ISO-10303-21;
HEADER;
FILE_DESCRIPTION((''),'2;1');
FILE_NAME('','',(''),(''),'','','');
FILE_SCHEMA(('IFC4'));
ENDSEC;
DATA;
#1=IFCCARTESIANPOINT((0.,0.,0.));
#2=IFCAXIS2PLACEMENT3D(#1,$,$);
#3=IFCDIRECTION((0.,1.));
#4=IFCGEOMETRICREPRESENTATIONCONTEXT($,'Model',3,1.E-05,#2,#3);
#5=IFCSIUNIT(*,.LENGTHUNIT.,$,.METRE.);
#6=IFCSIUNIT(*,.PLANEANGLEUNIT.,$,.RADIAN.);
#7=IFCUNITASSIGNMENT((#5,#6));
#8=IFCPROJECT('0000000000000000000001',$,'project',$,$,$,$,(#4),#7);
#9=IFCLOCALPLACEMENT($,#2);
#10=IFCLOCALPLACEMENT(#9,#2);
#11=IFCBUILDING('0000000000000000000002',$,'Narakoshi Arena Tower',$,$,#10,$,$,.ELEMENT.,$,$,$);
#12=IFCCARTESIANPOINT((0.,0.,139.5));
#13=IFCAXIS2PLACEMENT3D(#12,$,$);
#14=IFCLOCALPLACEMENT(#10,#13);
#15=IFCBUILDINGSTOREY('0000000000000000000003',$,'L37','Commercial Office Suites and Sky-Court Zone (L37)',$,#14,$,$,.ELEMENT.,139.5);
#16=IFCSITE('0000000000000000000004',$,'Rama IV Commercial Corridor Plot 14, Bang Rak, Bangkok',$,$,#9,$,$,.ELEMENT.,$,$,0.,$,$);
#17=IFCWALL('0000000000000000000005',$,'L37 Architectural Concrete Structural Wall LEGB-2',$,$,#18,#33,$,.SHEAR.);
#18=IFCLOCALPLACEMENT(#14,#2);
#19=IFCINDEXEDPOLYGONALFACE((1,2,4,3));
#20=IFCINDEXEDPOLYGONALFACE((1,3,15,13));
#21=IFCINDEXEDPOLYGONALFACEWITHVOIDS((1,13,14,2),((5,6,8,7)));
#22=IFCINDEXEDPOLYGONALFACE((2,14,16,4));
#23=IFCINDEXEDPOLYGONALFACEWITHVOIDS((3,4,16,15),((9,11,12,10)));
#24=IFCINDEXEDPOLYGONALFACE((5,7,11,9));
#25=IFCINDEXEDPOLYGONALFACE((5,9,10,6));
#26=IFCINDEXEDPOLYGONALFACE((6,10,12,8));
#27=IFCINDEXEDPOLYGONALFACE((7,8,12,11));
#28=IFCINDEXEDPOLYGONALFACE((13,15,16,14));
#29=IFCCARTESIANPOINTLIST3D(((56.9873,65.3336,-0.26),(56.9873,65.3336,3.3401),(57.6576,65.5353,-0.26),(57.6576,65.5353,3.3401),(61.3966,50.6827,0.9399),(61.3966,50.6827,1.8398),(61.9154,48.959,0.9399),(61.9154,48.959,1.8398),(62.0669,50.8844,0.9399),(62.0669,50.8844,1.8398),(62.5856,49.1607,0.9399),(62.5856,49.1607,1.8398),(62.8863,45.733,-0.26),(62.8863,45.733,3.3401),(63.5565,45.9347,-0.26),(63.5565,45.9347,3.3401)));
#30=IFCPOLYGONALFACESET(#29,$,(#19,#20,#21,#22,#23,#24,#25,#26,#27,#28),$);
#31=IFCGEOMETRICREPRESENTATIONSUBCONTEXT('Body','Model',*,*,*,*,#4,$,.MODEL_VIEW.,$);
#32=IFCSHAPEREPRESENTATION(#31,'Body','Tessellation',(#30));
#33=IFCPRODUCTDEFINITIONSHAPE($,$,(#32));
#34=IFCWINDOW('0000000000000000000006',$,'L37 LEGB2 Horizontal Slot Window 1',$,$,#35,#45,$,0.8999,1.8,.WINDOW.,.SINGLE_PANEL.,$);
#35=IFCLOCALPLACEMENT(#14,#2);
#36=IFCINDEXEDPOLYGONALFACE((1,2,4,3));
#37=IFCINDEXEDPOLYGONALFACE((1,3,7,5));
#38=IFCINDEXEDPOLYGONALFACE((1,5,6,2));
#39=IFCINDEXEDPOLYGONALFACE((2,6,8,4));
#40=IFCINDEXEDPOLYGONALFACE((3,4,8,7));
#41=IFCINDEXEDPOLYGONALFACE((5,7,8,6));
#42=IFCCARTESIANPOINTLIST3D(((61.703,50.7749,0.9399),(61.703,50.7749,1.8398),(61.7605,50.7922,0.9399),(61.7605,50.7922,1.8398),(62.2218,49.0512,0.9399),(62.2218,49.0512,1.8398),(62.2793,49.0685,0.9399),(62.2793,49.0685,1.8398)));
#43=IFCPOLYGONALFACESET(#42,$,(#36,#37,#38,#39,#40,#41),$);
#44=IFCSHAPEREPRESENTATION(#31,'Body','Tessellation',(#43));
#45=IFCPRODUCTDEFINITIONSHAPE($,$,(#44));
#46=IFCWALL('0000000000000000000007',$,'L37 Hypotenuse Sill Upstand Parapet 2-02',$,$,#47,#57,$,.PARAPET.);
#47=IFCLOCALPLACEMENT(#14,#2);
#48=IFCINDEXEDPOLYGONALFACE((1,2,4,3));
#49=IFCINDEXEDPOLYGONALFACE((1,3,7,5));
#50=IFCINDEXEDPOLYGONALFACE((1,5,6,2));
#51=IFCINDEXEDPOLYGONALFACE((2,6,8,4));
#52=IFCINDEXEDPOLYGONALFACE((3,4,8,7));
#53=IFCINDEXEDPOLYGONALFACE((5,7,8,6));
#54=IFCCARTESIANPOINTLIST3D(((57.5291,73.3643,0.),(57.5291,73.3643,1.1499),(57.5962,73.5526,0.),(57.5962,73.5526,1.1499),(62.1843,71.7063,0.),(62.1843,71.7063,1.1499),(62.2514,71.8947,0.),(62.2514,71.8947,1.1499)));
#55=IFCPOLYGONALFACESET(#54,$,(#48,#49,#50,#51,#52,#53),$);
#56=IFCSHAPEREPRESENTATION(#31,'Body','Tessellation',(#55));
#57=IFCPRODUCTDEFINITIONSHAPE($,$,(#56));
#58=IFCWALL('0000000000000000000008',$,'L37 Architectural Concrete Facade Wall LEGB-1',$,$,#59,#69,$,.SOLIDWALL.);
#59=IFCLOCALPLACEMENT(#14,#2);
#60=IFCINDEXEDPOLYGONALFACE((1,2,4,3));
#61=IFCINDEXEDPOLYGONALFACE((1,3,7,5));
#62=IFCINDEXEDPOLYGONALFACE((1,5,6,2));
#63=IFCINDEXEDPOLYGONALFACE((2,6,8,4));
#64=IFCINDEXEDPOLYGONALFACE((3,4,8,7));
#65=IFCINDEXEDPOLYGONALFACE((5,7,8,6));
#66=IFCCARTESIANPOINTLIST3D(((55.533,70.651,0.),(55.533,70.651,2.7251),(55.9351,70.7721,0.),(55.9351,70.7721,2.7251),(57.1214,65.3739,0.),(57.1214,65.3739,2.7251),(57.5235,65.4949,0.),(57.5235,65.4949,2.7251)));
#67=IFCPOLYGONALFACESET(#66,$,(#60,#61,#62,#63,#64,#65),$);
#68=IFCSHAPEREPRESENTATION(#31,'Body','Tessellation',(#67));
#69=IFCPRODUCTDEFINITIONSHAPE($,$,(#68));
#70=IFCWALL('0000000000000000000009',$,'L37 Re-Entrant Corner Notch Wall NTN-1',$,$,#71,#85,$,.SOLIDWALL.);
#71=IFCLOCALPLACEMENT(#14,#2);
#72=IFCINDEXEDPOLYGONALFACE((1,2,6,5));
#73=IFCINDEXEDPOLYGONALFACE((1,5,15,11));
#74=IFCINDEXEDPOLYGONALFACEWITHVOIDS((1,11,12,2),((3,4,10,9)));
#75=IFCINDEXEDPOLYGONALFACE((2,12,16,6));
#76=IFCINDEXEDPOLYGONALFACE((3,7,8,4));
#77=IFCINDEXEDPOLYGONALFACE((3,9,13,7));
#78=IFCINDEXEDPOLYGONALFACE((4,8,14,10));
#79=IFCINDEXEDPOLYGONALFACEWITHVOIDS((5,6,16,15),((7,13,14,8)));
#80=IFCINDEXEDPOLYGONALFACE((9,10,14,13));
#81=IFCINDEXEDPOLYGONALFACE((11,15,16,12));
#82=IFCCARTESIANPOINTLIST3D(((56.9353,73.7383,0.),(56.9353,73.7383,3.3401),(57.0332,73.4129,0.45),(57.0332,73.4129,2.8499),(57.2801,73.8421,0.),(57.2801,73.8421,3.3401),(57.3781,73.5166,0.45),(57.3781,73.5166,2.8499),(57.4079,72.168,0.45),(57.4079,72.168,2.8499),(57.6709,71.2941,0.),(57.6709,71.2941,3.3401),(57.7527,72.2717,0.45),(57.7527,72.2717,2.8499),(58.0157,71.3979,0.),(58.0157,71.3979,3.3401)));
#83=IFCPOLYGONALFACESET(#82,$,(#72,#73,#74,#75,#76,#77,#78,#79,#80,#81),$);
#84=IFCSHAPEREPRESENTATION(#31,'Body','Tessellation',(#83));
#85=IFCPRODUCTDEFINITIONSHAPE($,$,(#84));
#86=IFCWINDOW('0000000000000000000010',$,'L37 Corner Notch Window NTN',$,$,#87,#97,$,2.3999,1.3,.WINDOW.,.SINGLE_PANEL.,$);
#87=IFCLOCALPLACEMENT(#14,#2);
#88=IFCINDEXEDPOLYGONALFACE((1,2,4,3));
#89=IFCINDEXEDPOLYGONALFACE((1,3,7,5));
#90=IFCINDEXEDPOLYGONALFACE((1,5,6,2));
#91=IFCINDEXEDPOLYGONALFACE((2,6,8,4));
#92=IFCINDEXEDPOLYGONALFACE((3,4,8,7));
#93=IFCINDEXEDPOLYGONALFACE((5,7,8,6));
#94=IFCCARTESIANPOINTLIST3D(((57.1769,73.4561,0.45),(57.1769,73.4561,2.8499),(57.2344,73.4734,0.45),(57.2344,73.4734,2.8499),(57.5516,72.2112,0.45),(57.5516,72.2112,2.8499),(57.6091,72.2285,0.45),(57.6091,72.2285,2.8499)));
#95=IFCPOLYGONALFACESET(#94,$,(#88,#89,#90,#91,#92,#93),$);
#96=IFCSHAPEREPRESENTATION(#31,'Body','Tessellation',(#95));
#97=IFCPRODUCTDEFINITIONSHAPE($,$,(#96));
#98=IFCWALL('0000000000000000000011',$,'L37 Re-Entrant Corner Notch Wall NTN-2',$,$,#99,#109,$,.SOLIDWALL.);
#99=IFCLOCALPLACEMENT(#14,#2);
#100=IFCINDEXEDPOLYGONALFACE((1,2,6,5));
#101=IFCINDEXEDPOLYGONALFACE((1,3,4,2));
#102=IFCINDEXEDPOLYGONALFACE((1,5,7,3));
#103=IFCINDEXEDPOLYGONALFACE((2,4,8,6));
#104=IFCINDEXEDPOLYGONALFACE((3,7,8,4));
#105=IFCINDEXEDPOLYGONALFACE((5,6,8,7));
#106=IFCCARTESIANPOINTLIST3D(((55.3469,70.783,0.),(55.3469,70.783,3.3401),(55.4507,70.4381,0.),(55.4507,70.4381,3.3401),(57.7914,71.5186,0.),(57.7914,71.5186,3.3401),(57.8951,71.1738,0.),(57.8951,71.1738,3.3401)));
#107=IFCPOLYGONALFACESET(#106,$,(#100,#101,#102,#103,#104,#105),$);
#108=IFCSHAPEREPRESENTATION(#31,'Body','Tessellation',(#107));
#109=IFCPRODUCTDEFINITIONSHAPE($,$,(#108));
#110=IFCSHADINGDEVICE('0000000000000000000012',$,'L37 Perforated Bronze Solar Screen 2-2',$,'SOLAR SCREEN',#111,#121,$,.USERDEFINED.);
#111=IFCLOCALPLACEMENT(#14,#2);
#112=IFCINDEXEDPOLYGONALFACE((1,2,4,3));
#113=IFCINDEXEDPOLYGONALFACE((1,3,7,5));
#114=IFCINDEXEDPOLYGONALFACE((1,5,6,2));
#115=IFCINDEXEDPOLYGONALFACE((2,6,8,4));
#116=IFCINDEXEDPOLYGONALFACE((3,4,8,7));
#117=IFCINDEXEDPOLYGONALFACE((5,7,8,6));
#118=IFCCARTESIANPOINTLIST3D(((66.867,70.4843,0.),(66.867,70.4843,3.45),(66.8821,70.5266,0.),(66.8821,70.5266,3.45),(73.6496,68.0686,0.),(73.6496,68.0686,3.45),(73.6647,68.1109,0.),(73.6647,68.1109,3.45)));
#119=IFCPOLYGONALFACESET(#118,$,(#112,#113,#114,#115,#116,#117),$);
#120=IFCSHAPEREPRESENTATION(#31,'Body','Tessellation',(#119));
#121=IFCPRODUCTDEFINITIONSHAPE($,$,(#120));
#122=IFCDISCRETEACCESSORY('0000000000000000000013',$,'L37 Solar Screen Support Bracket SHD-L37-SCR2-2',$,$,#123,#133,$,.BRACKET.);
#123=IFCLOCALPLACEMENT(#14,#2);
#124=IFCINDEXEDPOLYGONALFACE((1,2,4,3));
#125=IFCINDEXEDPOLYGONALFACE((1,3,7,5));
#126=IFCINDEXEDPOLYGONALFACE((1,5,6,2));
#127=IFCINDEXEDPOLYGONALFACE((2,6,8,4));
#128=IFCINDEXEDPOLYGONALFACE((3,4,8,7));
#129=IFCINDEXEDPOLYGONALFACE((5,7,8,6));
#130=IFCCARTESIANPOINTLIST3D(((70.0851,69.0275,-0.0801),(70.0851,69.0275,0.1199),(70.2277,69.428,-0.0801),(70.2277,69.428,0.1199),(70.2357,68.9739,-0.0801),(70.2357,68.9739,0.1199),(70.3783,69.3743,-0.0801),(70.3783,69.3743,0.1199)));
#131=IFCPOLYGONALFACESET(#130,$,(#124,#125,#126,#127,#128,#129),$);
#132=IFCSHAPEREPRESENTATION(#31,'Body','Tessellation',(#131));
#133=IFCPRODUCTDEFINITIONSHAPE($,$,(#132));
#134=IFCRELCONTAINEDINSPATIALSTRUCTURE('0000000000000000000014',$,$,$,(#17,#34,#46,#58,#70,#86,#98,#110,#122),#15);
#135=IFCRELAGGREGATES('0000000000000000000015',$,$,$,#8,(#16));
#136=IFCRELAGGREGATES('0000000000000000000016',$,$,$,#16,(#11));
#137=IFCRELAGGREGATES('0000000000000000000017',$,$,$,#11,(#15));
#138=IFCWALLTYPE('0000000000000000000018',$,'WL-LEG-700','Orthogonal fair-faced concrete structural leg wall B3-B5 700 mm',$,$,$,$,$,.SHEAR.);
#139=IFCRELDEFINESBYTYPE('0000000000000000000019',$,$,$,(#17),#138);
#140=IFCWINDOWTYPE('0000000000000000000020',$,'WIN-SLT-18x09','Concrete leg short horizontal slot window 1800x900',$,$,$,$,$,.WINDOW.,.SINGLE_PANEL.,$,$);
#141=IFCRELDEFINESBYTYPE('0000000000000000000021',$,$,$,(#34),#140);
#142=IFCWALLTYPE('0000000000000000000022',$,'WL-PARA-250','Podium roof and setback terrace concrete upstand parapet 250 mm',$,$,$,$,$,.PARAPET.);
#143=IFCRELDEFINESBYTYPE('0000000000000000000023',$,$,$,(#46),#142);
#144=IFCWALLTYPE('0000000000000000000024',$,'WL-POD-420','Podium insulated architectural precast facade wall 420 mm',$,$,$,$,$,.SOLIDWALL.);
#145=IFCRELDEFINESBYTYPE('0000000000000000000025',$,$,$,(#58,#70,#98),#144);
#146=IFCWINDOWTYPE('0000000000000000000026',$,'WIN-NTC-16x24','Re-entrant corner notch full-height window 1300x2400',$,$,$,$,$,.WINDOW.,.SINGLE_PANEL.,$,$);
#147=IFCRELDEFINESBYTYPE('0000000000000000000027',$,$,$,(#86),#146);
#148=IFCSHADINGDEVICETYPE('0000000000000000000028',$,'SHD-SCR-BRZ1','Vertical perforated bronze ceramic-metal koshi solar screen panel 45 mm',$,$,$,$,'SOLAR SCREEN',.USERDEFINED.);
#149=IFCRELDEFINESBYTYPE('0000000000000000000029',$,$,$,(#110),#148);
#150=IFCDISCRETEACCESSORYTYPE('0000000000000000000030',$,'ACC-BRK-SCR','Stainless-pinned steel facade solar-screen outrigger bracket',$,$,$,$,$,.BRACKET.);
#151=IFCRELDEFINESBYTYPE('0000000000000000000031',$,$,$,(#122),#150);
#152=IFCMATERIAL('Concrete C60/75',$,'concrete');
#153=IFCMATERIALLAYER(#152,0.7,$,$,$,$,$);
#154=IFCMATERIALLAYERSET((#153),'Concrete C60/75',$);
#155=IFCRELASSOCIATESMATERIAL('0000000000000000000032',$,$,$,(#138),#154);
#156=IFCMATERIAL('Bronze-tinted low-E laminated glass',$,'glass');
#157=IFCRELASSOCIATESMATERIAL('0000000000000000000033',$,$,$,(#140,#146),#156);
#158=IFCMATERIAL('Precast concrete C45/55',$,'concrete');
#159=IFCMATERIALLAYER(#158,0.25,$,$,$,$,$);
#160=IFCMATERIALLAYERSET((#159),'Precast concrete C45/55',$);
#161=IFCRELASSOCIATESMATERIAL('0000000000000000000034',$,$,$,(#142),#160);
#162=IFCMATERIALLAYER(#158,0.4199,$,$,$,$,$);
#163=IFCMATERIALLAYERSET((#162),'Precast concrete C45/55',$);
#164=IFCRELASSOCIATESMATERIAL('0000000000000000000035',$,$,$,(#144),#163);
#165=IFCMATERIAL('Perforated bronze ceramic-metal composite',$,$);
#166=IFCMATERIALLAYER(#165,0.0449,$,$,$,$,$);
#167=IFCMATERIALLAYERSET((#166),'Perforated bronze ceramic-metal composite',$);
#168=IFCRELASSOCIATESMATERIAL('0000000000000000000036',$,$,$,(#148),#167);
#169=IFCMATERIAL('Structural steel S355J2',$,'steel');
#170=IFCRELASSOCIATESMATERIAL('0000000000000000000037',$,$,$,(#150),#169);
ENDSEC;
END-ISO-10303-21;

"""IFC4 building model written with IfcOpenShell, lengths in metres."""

from ifc_helpers import new_model, si_unit, direction, frame, frame_2d, origin, origin_2d, place, context, subcontext, project, spatial, rectangle, extrude, material, layer, layer_set, type_object, element, fill, save


model = new_model("IFC4")

# Units and contexts
model_context = context("Model", 3, precision=1e-05, world=origin(), true_north=direction((0.0, 1.0)))
body_context = subcontext(model_context, "Body", "Model", "MODEL_VIEW")
ifc_project = project(units=[si_unit("LENGTHUNIT", "METRE"), si_unit("PLANEANGLEUNIT", "RADIAN")], contexts=[model_context])

# Site, building, storey
site_placement = place(None, origin())
site = spatial("IfcSite", under=ifc_project, at=site_placement, Name="Rama IV Commercial Corridor Plot 14, Bang Rak, Bangkok", CompositionType="ELEMENT", RefElevation=0.0)
building_placement = place(site_placement, origin())
building = spatial("IfcBuilding", under=site, at=building_placement, Name="Narakoshi Arena Tower", CompositionType="ELEMENT")
storey_placement = place(building_placement, frame((0.0, 0.0, 139.5)))
storey = spatial("IfcBuildingStorey", under=building, at=storey_placement, Name="L37", Description="Commercial Office Suites and Sky-Court Zone (L37)", CompositionType="ELEMENT", Elevation=139.5)

# Shared definitions
ifc_material_1 = material(Name="Concrete C60/75", Category="concrete")

# Shared definitions
ifc_material_2 = material(Name="Structural steel S355J2", Category="steel")

# Shared definitions
ifc_material_3 = material(Name="Bronze-tinted low-E laminated glass", Category="glass")

# Wall, opening, window
ifc_layer_1 = layer(ifc_material_1, 0.7)
ifc_layer_set_1 = layer_set([ifc_layer_1], Name="Concrete C60/75")
wall_type_1 = type_object("IfcWallType", Name="WL-LEG-700", Description="Orthogonal fair-faced concrete structural leg wall B3-B5 700 mm", PredefinedType="SHEAR", material=ifc_layer_set_1)
wall_1_placement = place(storey_placement, frame((57.3225, 65.4343, -0.26), z_axis=(0.0, 0.0, 1.0), x_axis=(0.288188, -0.957574, 0.0)))
wall_1 = element("IfcWall", 1, at=wall_1_placement, inside=storey, type_object=wall_type_1, Name="L37 Architectural Concrete Structural Wall LEGB-2", PredefinedType="SHEAR", context=body_context, shape_type="SweptSolid", body=[
    extrude(rectangle(XDim=20.469, YDim=0.7, at=frame_2d((10.2344, 0.0))), origin(), (0.0, 0.0, 1.0), 3.6001),
])
opening_1_placement = place(wall_1_placement, frame((15.3, 0.0, 1.2)))
opening_1 = element("IfcOpeningElement", 2, at=opening_1_placement, cuts=wall_1, PredefinedType="OPENING", context=body_context, shape_type="SweptSolid", body=[
    extrude(rectangle(XDim=1.8, YDim=0.8999, at=frame_2d((0.8999, 0.45))), frame((0.0, 0.3599, 0.0), z_axis=(0.0, -1.0, 0.0), x_axis=(1.0, 0.0, 0.0)), (0.0, 0.0, 1.0), 0.72),
])
window_type_1 = type_object("IfcWindowType", Name="WIN-SLT-18x09", Description="Concrete leg short horizontal slot window 1800x900", PartitioningType="SINGLE_PANEL", PredefinedType="WINDOW", material=ifc_material_3)
window_1_placement = place(opening_1_placement, origin())
window_1 = element("IfcWindow", 3, at=window_1_placement, inside=storey, type_object=window_type_1, Name="L37 LEGB2 Horizontal Slot Window 1", OverallHeight=0.8999, OverallWidth=1.8, PartitioningType="SINGLE_PANEL", PredefinedType="WINDOW", context=body_context, shape_type="SweptSolid", body=[
    extrude(rectangle(XDim=1.8, YDim=0.8999, at=frame_2d((0.8999, 0.45))), frame((0.0, 0.03, 0.0), z_axis=(0.0, -1.0, 0.0), x_axis=(1.0, 0.0, 0.0)), (0.0, 0.0, 1.0), 0.0601),
])
fill(opening_1, window_1)

# Walls
ifc_material_4 = material(Name="Precast concrete C45/55", Category="concrete")
ifc_layer_2 = layer(ifc_material_4, 0.25)
ifc_layer_set_2 = layer_set([ifc_layer_2], Name="Precast concrete C45/55")
wall_type_2 = type_object("IfcWallType", Name="WL-PARA-250", Description="Podium roof and setback terrace concrete upstand parapet 250 mm", PredefinedType="PARAPET", material=ifc_layer_set_2)
wall_2_placement = place(storey_placement, frame((62.2178, 71.8005, 0.0), z_axis=(0.0, 0.0, 1.0), x_axis=(-0.942039, 0.335504, 0.0)))
element("IfcWall", 4, at=wall_2_placement, inside=storey, type_object=wall_type_2, Name="L37 Hypotenuse Sill Upstand Parapet 2-02", PredefinedType="PARAPET", context=body_context, shape_type="SweptSolid", body=[
    extrude(rectangle(XDim=4.9417, YDim=0.2, at=frame_2d((2.4707, 0.0))), origin(), (0.0, 0.0, 1.0), 1.1499),
])
ifc_layer_3 = layer(ifc_material_4, 0.4199)
ifc_layer_set_3 = layer_set([ifc_layer_3], Name="Precast concrete C45/55")
wall_type_3 = type_object("IfcWallType", Name="WL-POD-420", Description="Podium insulated architectural precast facade wall 420 mm", PredefinedType="SOLIDWALL", material=ifc_layer_set_3)
wall_3_placement = place(storey_placement, frame((55.7341, 70.7114, 0.0), z_axis=(0.0, 0.0, 1.0), x_axis=(0.288222, -0.957564, 0.0)))
element("IfcWall", 5, at=wall_3_placement, inside=storey, type_object=wall_type_3, Name="L37 Architectural Concrete Facade Wall LEGB-1", PredefinedType="SOLIDWALL", context=body_context, shape_type="SweptSolid", body=[
    extrude(rectangle(XDim=5.511, YDim=0.4199, at=frame_2d((2.7554, 0.0))), origin(), (0.0, 0.0, 1.0), 2.7251),
])

# Wall, opening, window
wall_4_placement = place(storey_placement, frame((57.1077, 73.7903, 0.0), z_axis=(0.0, 0.0, 1.0), x_axis=(0.288199, -0.957571, 0.0)))
wall_4 = element("IfcWall", 6, at=wall_4_placement, inside=storey, type_object=wall_type_3, Name="L37 Re-Entrant Corner Notch Wall NTN-1", PredefinedType="SOLIDWALL", context=body_context, shape_type="SweptSolid", body=[
    extrude(rectangle(XDim=2.5525, YDim=0.3601, at=frame_2d((1.2764, 0.0))), origin(), (0.0, 0.0, 1.0), 3.3401),
])
opening_2_placement = place(wall_4_placement, frame((0.3401, 0.0, 0.45)))
opening_2 = element("IfcOpeningElement", 7, at=opening_2_placement, cuts=wall_4, PredefinedType="OPENING", context=body_context, shape_type="SweptSolid", body=[
    extrude(rectangle(XDim=1.3, YDim=2.3999, at=frame_2d((0.6499, 1.2))), frame((0.0, 0.1899, 0.0), z_axis=(0.0, -1.0, 0.0), x_axis=(1.0, 0.0, 0.0)), (0.0, 0.0, 1.0), 0.3801),
])
window_type_2 = type_object("IfcWindowType", Name="WIN-NTC-16x24", Description="Re-entrant corner notch full-height window 1300x2400", PartitioningType="SINGLE_PANEL", PredefinedType="WINDOW", material=ifc_material_3)
window_2_placement = place(opening_2_placement, origin())
window_2 = element("IfcWindow", 8, at=window_2_placement, inside=storey, type_object=window_type_2, Name="L37 Corner Notch Window NTN", OverallHeight=2.3999, OverallWidth=1.3, PartitioningType="SINGLE_PANEL", PredefinedType="WINDOW", context=body_context, shape_type="SweptSolid", body=[
    extrude(rectangle(XDim=1.3, YDim=2.3999, at=frame_2d((0.6499, 1.2))), frame((0.0, 0.03, 0.0), z_axis=(0.0, -1.0, 0.0), x_axis=(1.0, 0.0, 0.0)), (0.0, 0.0, 1.0), 0.0601),
])
fill(opening_2, window_2)

# Wall
wall_5_placement = place(storey_placement, frame((57.8433, 71.3462, 0.0), z_axis=(0.0, 0.0, 1.0), x_axis=(-0.957578, -0.288173, 0.0)))
element("IfcWall", 9, at=wall_5_placement, inside=storey, type_object=wall_type_3, Name="L37 Re-Entrant Corner Notch Wall NTN-2", PredefinedType="SOLIDWALL", context=body_context, shape_type="SweptSolid", body=[
    extrude(rectangle(XDim=2.5527, YDim=0.3601, at=frame_2d((1.2764, 0.0))), origin(), (0.0, 0.0, 1.0), 3.3401),
])

# Shading device
ifc_material_5 = material(Name="Perforated bronze ceramic-metal composite")
ifc_layer_4 = layer(ifc_material_5, 0.0449)
ifc_layer_set_4 = layer_set([ifc_layer_4], Name="Perforated bronze ceramic-metal composite")
shading_device_type = type_object("IfcShadingDeviceType", Name="SHD-SCR-BRZ1", Description="Vertical perforated bronze ceramic-metal koshi solar screen panel 45 mm", ElementType="SOLAR SCREEN", PredefinedType="USERDEFINED", material=ifc_layer_set_4)
shading_device_placement = place(storey_placement, frame((70.2659, 69.2976, 0.0), z_axis=(0.0, 0.0, 1.0), x_axis=(-0.942034, 0.335517, 0.0)))
element("IfcShadingDevice", 10, at=shading_device_placement, inside=storey, type_object=shading_device_type, Name="L37 Perforated Bronze Solar Screen 2-2", ObjectType="SOLAR SCREEN", PredefinedType="USERDEFINED", context=body_context, shape_type="SweptSolid", body=[
    extrude(rectangle(XDim=7.2, YDim=0.0449, at=origin_2d()), origin(), (0.0, 0.0, 1.0), 3.45),
])

# Discrete accessory
discrete_accessory_type = type_object("IfcDiscreteAccessoryType", Name="ACC-BRK-SCR", Description="Stainless-pinned steel facade solar-screen outrigger bracket", PredefinedType="BRACKET", material=ifc_material_2)
discrete_accessory_placement = place(storey_placement, frame((70.2317, 69.2009, -0.0801), z_axis=(0.0, 0.0, 1.0), x_axis=(-0.942034, 0.335517, 0.0)))
element("IfcDiscreteAccessory", 11, at=discrete_accessory_placement, inside=storey, type_object=discrete_accessory_type, Name="L37 Solar Screen Support Bracket SHD-L37-SCR2-2", PredefinedType="BRACKET", context=body_context, shape_type="SweptSolid", body=[
    extrude(rectangle(XDim=0.1599, YDim=0.425, at=origin_2d()), origin(), (0.0, 0.0, 1.0), 0.2),
])

save(model, "model.ifc")
